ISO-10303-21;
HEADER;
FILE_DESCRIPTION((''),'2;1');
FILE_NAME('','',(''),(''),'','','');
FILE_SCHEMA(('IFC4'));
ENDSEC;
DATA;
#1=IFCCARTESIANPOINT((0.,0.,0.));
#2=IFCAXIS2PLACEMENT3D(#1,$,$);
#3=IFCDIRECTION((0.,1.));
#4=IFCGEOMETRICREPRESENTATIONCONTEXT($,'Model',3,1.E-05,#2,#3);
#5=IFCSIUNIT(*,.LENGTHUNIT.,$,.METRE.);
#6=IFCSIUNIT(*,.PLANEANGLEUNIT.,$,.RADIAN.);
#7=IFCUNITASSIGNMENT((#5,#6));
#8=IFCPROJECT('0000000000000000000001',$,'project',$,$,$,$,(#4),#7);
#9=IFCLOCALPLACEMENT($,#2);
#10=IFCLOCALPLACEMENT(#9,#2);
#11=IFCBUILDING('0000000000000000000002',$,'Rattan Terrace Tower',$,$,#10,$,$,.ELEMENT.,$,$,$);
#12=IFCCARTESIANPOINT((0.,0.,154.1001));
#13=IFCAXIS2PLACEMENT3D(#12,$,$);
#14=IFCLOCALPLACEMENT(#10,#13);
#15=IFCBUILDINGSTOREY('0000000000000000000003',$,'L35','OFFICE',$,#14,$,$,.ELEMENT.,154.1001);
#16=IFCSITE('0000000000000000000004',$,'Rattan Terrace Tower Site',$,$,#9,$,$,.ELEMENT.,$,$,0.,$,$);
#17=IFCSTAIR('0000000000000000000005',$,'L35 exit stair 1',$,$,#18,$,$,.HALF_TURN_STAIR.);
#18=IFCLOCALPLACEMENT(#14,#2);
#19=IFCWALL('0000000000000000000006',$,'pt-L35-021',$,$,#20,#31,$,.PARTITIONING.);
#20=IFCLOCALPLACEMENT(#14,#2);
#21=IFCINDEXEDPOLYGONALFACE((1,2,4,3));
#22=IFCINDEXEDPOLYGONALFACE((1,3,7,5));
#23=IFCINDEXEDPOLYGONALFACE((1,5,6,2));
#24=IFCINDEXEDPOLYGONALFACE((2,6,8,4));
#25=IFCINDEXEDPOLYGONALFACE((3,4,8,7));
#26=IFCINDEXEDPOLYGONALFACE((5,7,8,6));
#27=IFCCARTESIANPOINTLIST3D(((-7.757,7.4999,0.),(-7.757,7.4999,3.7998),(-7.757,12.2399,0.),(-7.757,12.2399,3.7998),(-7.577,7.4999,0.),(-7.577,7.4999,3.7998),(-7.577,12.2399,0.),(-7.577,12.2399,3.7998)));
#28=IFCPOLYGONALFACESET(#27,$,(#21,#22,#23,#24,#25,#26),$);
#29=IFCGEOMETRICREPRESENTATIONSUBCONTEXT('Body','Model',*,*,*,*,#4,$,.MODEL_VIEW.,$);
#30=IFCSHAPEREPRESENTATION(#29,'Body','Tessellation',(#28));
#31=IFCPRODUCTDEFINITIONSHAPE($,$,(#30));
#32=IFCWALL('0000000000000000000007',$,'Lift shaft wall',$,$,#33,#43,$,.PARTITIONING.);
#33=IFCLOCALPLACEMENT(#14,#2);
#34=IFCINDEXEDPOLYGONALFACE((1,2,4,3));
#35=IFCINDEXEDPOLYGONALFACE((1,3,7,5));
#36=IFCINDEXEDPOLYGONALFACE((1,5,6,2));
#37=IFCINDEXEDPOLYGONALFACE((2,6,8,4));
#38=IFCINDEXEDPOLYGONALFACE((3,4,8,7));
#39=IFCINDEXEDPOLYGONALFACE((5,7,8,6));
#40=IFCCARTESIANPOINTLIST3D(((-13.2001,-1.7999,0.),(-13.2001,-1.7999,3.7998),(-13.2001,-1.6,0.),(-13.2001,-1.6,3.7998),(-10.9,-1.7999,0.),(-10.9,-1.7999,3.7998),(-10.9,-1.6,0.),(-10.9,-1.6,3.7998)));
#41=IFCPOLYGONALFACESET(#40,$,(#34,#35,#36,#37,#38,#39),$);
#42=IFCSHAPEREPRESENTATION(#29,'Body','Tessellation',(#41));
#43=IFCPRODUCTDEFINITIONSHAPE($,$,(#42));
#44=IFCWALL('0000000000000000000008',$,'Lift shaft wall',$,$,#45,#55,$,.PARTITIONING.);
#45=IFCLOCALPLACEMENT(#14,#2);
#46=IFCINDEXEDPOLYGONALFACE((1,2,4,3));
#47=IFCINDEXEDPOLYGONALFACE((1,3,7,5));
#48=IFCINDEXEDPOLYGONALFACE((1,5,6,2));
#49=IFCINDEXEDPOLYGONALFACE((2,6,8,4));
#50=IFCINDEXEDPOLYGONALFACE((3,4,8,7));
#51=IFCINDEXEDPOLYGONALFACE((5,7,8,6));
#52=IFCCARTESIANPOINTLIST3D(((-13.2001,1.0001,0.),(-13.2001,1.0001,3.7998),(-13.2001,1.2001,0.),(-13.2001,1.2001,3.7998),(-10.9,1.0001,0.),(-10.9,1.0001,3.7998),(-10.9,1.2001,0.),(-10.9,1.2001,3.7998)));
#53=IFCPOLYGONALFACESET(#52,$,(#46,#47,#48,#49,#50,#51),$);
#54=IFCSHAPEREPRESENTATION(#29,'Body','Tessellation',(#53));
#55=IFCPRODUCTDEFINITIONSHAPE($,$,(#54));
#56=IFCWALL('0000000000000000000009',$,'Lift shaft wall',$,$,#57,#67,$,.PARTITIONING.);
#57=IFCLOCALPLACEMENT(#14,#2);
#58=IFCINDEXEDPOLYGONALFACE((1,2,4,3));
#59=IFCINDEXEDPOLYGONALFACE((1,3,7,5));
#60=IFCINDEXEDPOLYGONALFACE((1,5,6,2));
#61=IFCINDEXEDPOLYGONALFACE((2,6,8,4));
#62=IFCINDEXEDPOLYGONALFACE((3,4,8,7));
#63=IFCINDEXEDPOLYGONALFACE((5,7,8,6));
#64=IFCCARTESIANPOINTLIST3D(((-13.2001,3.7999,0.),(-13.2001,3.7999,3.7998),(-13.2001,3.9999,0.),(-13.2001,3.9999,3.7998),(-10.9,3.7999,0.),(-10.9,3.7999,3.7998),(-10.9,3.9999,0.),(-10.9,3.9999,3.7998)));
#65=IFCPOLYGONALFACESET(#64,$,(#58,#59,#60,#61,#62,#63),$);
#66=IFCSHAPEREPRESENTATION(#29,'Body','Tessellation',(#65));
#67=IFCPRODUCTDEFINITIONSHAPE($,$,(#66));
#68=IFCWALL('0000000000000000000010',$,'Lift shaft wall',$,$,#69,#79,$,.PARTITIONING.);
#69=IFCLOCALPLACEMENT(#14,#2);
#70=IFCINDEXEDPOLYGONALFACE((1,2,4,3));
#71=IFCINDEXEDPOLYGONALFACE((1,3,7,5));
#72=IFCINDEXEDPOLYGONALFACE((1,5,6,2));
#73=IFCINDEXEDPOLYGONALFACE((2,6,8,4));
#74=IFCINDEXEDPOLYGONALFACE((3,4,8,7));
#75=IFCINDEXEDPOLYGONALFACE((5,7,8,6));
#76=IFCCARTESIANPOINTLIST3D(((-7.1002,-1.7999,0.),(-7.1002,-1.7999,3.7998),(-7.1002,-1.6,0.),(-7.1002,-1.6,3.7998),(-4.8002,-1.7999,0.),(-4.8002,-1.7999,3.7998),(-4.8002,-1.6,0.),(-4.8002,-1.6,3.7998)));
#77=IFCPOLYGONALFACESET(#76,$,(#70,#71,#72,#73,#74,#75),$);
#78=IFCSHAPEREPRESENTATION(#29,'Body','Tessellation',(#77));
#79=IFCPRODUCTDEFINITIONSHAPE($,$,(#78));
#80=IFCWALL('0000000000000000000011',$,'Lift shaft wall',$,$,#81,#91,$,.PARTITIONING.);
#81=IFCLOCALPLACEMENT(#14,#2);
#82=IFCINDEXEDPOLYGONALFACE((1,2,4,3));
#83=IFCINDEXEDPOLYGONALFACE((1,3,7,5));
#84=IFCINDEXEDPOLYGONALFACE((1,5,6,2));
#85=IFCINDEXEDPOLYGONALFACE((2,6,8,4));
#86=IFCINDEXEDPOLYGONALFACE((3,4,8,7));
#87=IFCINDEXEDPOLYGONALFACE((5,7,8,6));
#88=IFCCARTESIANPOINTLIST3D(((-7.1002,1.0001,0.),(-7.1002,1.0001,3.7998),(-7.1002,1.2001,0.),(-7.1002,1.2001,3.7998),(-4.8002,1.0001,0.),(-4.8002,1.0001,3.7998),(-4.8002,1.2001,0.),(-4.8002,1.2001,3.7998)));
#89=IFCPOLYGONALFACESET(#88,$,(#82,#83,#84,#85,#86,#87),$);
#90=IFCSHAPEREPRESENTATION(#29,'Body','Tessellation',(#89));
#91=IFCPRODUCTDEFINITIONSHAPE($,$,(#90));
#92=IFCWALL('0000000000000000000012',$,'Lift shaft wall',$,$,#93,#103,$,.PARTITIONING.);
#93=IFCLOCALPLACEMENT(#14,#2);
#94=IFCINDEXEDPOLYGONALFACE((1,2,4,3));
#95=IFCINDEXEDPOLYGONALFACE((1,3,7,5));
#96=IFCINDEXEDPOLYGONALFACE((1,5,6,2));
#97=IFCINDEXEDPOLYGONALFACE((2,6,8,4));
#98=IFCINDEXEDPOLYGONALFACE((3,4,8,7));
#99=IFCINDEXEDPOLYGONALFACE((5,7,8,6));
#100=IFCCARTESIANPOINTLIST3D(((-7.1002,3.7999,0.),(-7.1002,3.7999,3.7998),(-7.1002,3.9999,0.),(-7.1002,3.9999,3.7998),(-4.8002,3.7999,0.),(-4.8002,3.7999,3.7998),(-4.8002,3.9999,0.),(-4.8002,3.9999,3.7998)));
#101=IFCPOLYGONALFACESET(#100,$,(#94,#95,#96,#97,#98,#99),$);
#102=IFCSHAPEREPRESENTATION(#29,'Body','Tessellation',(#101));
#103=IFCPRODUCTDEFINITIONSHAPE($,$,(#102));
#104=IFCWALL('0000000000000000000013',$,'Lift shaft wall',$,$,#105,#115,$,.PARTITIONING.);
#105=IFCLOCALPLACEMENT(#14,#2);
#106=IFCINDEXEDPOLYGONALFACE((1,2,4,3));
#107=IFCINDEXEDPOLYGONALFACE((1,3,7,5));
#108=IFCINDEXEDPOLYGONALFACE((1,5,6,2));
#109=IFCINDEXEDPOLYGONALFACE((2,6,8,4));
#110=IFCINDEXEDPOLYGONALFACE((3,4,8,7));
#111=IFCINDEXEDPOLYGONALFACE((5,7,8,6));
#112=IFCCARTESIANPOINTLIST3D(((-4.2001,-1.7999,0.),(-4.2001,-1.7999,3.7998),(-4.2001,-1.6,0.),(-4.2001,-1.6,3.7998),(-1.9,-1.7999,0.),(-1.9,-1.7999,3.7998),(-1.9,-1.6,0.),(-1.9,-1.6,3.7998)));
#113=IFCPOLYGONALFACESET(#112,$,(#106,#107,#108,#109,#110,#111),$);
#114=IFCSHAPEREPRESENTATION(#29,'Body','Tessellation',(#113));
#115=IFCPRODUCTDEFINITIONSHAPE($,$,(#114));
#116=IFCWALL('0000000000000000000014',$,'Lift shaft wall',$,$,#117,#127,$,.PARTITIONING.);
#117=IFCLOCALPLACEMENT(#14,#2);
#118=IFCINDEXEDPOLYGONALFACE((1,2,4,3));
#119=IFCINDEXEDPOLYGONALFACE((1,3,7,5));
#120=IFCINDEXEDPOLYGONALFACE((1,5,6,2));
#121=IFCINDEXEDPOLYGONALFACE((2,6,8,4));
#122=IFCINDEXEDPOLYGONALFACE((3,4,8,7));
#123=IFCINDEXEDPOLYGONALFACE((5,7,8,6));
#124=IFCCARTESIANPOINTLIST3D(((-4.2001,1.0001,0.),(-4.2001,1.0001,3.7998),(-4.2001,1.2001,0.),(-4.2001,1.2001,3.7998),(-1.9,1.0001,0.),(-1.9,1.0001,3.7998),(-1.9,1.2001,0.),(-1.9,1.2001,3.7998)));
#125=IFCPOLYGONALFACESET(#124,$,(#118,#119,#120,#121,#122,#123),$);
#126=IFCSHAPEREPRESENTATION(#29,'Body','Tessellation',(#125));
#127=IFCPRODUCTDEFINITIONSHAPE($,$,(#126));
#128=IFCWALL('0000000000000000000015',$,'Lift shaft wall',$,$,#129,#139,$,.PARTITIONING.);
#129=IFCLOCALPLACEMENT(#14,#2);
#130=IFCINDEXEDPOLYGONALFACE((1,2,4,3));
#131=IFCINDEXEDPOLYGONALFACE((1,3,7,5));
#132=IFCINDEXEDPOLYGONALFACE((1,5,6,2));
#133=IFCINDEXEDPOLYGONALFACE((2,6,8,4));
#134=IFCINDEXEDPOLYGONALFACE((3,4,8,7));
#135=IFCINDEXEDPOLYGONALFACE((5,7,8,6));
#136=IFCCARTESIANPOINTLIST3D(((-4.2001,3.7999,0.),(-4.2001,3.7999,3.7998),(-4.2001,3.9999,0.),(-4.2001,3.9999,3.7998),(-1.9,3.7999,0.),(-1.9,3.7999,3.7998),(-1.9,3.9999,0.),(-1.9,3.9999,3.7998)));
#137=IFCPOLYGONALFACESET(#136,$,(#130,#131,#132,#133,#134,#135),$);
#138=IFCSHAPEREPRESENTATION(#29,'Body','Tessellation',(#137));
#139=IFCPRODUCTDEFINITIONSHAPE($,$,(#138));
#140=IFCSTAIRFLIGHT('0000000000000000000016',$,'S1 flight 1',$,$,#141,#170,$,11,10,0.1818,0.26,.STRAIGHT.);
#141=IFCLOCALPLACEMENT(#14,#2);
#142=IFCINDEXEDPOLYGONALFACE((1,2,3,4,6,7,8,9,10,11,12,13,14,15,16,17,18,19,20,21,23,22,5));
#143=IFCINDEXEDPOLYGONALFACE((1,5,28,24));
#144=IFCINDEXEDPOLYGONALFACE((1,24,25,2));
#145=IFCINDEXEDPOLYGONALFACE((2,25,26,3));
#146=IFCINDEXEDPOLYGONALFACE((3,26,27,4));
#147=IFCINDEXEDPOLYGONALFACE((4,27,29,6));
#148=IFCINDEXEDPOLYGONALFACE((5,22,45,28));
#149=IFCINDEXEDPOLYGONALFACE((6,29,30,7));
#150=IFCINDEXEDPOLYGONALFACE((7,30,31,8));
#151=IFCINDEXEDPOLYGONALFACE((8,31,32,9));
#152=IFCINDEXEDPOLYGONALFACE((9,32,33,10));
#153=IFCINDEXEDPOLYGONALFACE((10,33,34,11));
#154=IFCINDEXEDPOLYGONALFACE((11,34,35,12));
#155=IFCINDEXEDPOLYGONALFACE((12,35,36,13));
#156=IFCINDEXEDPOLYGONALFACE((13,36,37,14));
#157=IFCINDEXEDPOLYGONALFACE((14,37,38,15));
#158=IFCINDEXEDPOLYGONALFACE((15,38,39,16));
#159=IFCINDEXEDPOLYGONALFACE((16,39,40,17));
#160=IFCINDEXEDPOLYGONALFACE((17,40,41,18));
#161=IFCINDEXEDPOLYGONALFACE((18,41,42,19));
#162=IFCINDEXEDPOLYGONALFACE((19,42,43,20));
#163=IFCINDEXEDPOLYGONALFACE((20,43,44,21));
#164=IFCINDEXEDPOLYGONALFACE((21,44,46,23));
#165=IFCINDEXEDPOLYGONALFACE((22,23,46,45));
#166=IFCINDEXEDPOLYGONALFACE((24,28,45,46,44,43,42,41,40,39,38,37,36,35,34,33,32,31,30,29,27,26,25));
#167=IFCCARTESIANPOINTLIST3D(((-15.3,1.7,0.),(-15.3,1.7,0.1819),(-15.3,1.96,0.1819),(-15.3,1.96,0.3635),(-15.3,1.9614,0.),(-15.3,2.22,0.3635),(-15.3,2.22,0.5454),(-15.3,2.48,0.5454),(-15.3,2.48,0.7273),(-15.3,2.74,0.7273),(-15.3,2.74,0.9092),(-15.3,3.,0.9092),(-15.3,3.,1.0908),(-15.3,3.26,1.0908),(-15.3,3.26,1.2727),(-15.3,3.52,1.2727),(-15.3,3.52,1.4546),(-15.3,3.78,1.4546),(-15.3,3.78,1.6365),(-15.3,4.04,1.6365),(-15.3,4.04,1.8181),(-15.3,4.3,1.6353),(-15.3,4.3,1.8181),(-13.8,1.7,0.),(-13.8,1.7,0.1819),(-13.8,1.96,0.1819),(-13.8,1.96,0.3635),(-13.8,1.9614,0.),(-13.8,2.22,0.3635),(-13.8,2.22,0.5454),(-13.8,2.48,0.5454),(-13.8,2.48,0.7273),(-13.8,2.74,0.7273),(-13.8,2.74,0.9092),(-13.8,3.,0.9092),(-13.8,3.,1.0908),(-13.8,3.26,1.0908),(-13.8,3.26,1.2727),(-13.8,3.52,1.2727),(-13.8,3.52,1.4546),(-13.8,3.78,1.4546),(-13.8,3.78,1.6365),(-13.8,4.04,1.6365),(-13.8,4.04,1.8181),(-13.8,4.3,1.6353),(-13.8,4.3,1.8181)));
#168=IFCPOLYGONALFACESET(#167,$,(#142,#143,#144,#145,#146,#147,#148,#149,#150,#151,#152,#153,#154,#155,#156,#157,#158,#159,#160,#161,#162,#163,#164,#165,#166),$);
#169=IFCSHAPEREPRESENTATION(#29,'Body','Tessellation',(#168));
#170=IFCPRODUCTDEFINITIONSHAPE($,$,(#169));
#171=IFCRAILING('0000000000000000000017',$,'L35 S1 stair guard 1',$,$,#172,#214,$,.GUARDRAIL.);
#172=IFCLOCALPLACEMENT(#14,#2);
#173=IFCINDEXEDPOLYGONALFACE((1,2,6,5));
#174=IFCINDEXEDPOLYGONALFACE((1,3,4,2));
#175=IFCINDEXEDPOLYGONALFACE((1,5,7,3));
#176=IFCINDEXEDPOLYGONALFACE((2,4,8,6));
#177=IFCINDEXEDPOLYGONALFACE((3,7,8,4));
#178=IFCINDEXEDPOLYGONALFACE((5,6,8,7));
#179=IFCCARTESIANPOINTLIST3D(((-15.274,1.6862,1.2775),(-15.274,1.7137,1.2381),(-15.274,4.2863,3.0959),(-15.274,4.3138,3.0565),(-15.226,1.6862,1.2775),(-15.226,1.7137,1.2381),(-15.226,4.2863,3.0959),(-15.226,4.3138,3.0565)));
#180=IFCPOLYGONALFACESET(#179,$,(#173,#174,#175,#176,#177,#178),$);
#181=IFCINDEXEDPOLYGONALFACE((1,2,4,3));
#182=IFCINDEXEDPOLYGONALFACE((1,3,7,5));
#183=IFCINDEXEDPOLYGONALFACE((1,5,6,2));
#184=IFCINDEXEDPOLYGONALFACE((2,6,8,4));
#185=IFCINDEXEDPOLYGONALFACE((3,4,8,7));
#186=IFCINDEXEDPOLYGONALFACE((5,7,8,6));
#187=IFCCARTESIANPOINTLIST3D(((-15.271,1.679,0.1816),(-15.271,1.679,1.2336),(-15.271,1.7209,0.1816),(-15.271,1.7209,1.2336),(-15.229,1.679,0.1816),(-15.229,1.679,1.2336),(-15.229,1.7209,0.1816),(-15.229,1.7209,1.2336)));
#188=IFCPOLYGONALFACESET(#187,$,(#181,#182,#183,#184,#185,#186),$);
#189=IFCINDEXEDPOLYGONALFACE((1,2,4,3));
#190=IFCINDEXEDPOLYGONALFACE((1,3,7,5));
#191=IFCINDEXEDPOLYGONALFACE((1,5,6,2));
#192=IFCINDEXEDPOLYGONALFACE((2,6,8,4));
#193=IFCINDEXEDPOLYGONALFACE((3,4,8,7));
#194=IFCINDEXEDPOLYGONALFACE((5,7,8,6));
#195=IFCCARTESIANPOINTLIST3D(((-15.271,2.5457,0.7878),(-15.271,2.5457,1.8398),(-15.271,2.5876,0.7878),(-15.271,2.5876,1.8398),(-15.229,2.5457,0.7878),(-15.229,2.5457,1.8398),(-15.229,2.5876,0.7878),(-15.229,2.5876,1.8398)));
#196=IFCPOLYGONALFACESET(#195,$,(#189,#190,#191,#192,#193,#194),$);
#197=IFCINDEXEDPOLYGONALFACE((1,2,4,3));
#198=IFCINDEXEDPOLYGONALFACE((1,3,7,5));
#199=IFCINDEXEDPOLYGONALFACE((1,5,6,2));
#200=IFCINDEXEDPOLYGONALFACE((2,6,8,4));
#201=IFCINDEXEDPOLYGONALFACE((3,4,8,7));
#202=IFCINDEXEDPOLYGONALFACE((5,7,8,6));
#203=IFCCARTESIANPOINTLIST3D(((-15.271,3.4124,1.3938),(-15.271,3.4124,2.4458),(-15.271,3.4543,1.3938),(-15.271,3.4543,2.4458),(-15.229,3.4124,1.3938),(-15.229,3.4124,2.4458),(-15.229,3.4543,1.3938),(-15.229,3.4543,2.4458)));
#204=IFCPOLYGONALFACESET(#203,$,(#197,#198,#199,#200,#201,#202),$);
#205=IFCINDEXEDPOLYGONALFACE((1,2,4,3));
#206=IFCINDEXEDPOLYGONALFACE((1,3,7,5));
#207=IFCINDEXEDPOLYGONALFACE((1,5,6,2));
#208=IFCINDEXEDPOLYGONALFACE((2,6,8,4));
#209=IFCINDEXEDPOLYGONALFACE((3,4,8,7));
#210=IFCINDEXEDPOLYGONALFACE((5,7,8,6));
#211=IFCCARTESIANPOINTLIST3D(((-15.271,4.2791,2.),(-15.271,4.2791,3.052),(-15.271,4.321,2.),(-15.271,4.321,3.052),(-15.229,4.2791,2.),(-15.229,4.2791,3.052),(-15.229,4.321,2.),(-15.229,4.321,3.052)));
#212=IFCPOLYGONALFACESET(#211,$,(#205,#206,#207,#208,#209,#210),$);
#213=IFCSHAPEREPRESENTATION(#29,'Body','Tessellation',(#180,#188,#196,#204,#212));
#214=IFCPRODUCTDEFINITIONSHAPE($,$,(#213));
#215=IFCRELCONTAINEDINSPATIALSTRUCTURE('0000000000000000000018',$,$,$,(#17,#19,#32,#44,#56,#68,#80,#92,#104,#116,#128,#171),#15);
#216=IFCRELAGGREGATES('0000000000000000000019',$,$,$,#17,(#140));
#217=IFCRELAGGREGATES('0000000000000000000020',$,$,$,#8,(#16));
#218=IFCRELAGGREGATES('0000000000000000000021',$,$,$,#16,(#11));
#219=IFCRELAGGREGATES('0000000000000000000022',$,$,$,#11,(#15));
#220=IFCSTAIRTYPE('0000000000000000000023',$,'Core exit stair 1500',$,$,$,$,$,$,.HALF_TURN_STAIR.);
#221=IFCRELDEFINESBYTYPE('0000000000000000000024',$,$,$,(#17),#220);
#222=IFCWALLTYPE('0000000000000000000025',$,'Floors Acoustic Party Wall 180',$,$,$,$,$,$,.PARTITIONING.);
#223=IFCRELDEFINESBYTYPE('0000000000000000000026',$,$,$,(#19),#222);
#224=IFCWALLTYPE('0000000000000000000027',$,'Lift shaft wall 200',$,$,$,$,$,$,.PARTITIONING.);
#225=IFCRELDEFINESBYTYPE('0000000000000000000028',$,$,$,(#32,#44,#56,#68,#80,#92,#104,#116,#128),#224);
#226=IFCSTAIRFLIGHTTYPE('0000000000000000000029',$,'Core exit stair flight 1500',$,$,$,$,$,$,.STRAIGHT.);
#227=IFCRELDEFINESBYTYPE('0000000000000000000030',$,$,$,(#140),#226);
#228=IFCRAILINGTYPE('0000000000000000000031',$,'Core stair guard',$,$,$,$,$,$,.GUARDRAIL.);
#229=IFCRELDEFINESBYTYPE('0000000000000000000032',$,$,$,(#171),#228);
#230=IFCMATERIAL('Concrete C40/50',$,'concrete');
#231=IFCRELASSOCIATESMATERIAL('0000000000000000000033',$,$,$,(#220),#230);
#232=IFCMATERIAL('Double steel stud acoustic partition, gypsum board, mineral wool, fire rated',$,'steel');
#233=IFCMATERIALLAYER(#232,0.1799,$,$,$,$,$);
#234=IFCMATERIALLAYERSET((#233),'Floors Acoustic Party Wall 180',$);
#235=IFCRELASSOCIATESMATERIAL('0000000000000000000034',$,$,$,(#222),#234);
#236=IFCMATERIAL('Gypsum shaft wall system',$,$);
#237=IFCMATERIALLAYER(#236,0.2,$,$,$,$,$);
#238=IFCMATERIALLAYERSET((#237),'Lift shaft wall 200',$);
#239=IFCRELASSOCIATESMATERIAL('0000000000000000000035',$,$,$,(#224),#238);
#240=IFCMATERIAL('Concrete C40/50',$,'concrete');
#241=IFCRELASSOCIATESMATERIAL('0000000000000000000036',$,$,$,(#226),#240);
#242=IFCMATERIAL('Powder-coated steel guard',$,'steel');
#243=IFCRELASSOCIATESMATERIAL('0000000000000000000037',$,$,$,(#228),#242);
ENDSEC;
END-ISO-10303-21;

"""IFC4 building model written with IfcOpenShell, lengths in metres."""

from ifc_helpers import new_model, si_unit, direction, frame, frame_2d, origin, origin_2d, place, context, subcontext, project, spatial, polyline, rectangle, outline, extrude, material, layer, layer_set, type_object, element, aggregate, save


model = new_model("IFC4")

# Units and contexts
model_context = context("Model", 3, precision=1e-05, world=origin(), true_north=direction((0.0, 1.0)))
body_context = subcontext(model_context, "Body", "Model", "MODEL_VIEW")
ifc_project = project(units=[si_unit("LENGTHUNIT", "METRE"), si_unit("PLANEANGLEUNIT", "RADIAN")], contexts=[model_context])

# Site, building, storey
site_placement = place(None, origin())
site = spatial("IfcSite", under=ifc_project, at=site_placement, Name="Rattan Terrace Tower Site", CompositionType="ELEMENT", RefElevation=0.0)
building_placement = place(site_placement, origin())
building = spatial("IfcBuilding", under=site, at=building_placement, Name="Rattan Terrace Tower", CompositionType="ELEMENT")
storey_placement = place(building_placement, frame((0.0, 0.0, 154.1001)))
storey = spatial("IfcBuildingStorey", under=building, at=storey_placement, Name="L35", Description="OFFICE", CompositionType="ELEMENT", Elevation=154.1001)

# Stair
ifc_material_1 = material(Name="Concrete C40/50", Category="concrete")
stair_type = type_object("IfcStairType", Name="Core exit stair 1500", PredefinedType="HALF_TURN_STAIR", material=ifc_material_1)
stair_1_placement = place(storey_placement, origin())
stair_1 = element("IfcStair", 1, at=stair_1_placement, inside=storey, type_object=stair_type, Name="L35 exit stair 1", PredefinedType="HALF_TURN_STAIR")

# Walls
ifc_material_2 = material(Name="Double steel stud acoustic partition, gypsum board, mineral wool, fire rated", Category="steel")
ifc_layer_1 = layer(ifc_material_2, 0.1799)
ifc_layer_set_1 = layer_set([ifc_layer_1], Name="Floors Acoustic Party Wall 180")
wall_type_1 = type_object("IfcWallType", Name="Floors Acoustic Party Wall 180", PredefinedType="PARTITIONING", material=ifc_layer_set_1)
wall_placement = place(storey_placement, frame((-7.667, 12.24, 0.0), z_axis=(0.0, 0.0, 1.0), x_axis=(0.0, -1.0, 0.0)))
element("IfcWall", 2, at=wall_placement, inside=storey, type_object=wall_type_1, Name="pt-L35-021", PredefinedType="PARTITIONING", context=body_context, shape_type="SweptSolid", body=[
    extrude(rectangle(XDim=4.74, YDim=0.1799, at=frame_2d((2.3701, 0.0))), origin(), (0.0, 0.0, 1.0), 3.7998),
])
ifc_material_3 = material(Name="Gypsum shaft wall system")
ifc_layer_2 = layer(ifc_material_3, 0.2)
ifc_layer_set_2 = layer_set([ifc_layer_2], Name="Lift shaft wall 200")
wall_type_2 = type_object("IfcWallType", Name="Lift shaft wall 200", PredefinedType="PARTITIONING", material=ifc_layer_set_2)
for number, where, z_axis, x_axis, name in (
    (3, (-13.2, -1.7, 0.0), (0.0, 0.0, 1.0), (1.0, 0.0, 0.0), "Lift shaft wall"),
    (4, (-13.2, 1.1001, 0.0), (0.0, 0.0, 1.0), (1.0, 0.0, 0.0), "Lift shaft wall"),
    (5, (-13.2, 3.8999, 0.0), (0.0, 0.0, 1.0), (1.0, 0.0, 0.0), "Lift shaft wall"),
    (6, (-7.1001, -1.7, 0.0), (0.0, 0.0, 1.0), (1.0, 0.0, 0.0), "Lift shaft wall"),
    (7, (-7.1001, 1.1001, 0.0), (0.0, 0.0, 1.0), (1.0, 0.0, 0.0), "Lift shaft wall"),
    (8, (-7.1001, 3.8999, 0.0), (0.0, 0.0, 1.0), (1.0, 0.0, 0.0), "Lift shaft wall"),
    (9, (-4.2, -1.7, 0.0), (0.0, 0.0, 1.0), (1.0, 0.0, 0.0), "Lift shaft wall"),
    (10, (-4.2, 1.1001, 0.0), (0.0, 0.0, 1.0), (1.0, 0.0, 0.0), "Lift shaft wall"),
    (11, (-4.2, 3.8999, 0.0), (0.0, 0.0, 1.0), (1.0, 0.0, 0.0), "Lift shaft wall"),
):
    element("IfcWall", number, at=place(storey_placement, frame(where, z_axis=z_axis, x_axis=x_axis)), inside=storey, type_object=wall_type_2, Name=name, PredefinedType="PARTITIONING", context=body_context, shape_type="SweptSolid", body=[
        extrude(rectangle(XDim=2.3, YDim=0.2, at=frame_2d((1.1499, 0.0))), origin(), (0.0, 0.0, 1.0), 3.7998),
    ])

# Stair flight
ifc_material_4 = material(Name="Concrete C40/50", Category="concrete")
stair_flight_type = type_object("IfcStairFlightType", Name="Core exit stair flight 1500", PredefinedType="STRAIGHT", material=ifc_material_4)
stair_flight_placement = place(storey_placement, frame((-14.55, 1.7, 0.0), z_axis=(0.0, 0.0, 1.0), x_axis=(0.0, 1.0, 0.0)))
stair_flight = element("IfcStairFlight", 12, at=stair_flight_placement, type_object=stair_flight_type, Name="S1 flight 1", NumberOfRisers=11, NumberOfTreads=10, PredefinedType="STRAIGHT", RiserHeight=0.1818, TreadLength=0.26, context=body_context, shape_type="SweptSolid", body=[
    extrude(outline(polyline([(0.0, 0.0), (0.0, 0.1819), (0.26, 0.1819), (0.26, 0.3635), (0.52, 0.3635), (0.52, 0.5454), (0.78, 0.5454), (0.78, 0.7273), (1.04, 0.7273), (1.04, 0.9092), (1.3, 0.9092), (1.3, 1.0908), (1.5601, 1.0908), (1.5601, 1.2727), (1.8201, 1.2727), (1.8201, 1.4546), (2.0801, 1.4546), (2.0801, 1.6365), (2.3401, 1.6365), (2.3401, 1.8181), (2.6001, 1.8181), (2.6001, 2.0), (2.6001, 1.6353), (0.2615, 0.0), (0.0, 0.0)])), frame((0.0, 0.75, 0.0), z_axis=(0.0, -1.0, 0.0), x_axis=(1.0, 0.0, 0.0)), (0.0, 0.0, 1.0), 1.5),
])
aggregate(stair_1, [stair_flight])

# Railing
ifc_material_5 = material(Name="Powder-coated steel guard", Category="steel")
railing_type_1 = type_object("IfcRailingType", Name="Core stair guard", PredefinedType="GUARDRAIL", material=ifc_material_5)
railing_1_placement = place(storey_placement, frame((-15.25, 1.7, 0.1816)))
element("IfcRailing", 13, at=railing_1_placement, inside=storey, type_object=railing_type_1, Name="L35 S1 stair guard 1", PredefinedType="GUARDRAIL", context=body_context, shape_type="SweptSolid", body=[
    extrude(rectangle(XDim=0.0481, YDim=0.0481, at=origin_2d()), frame((0.0, 0.0, 1.0762), z_axis=(0.0, 0.819485, 0.573101), x_axis=(-1.0, 0.0, 0.0)), (0.0, 0.0, 1.0), 3.1729),
    extrude(rectangle(XDim=0.042, YDim=0.042, at=origin_2d()), origin(), (0.0, 0.0, 1.0), 1.052),
    extrude(rectangle(XDim=0.042, YDim=0.042, at=origin_2d()), frame((0.0, 0.8667, 0.6062)), (0.0, 0.0, 1.0), 1.052),
    extrude(rectangle(XDim=0.042, YDim=0.042, at=origin_2d()), frame((0.0, 1.7334, 1.2122)), (0.0, 0.0, 1.0), 1.052),
    extrude(rectangle(XDim=0.042, YDim=0.042, at=origin_2d()), frame((0.0, 2.6001, 1.8184)), (0.0, 0.0, 1.0), 1.052),
])

save(model, "model.ifc")
